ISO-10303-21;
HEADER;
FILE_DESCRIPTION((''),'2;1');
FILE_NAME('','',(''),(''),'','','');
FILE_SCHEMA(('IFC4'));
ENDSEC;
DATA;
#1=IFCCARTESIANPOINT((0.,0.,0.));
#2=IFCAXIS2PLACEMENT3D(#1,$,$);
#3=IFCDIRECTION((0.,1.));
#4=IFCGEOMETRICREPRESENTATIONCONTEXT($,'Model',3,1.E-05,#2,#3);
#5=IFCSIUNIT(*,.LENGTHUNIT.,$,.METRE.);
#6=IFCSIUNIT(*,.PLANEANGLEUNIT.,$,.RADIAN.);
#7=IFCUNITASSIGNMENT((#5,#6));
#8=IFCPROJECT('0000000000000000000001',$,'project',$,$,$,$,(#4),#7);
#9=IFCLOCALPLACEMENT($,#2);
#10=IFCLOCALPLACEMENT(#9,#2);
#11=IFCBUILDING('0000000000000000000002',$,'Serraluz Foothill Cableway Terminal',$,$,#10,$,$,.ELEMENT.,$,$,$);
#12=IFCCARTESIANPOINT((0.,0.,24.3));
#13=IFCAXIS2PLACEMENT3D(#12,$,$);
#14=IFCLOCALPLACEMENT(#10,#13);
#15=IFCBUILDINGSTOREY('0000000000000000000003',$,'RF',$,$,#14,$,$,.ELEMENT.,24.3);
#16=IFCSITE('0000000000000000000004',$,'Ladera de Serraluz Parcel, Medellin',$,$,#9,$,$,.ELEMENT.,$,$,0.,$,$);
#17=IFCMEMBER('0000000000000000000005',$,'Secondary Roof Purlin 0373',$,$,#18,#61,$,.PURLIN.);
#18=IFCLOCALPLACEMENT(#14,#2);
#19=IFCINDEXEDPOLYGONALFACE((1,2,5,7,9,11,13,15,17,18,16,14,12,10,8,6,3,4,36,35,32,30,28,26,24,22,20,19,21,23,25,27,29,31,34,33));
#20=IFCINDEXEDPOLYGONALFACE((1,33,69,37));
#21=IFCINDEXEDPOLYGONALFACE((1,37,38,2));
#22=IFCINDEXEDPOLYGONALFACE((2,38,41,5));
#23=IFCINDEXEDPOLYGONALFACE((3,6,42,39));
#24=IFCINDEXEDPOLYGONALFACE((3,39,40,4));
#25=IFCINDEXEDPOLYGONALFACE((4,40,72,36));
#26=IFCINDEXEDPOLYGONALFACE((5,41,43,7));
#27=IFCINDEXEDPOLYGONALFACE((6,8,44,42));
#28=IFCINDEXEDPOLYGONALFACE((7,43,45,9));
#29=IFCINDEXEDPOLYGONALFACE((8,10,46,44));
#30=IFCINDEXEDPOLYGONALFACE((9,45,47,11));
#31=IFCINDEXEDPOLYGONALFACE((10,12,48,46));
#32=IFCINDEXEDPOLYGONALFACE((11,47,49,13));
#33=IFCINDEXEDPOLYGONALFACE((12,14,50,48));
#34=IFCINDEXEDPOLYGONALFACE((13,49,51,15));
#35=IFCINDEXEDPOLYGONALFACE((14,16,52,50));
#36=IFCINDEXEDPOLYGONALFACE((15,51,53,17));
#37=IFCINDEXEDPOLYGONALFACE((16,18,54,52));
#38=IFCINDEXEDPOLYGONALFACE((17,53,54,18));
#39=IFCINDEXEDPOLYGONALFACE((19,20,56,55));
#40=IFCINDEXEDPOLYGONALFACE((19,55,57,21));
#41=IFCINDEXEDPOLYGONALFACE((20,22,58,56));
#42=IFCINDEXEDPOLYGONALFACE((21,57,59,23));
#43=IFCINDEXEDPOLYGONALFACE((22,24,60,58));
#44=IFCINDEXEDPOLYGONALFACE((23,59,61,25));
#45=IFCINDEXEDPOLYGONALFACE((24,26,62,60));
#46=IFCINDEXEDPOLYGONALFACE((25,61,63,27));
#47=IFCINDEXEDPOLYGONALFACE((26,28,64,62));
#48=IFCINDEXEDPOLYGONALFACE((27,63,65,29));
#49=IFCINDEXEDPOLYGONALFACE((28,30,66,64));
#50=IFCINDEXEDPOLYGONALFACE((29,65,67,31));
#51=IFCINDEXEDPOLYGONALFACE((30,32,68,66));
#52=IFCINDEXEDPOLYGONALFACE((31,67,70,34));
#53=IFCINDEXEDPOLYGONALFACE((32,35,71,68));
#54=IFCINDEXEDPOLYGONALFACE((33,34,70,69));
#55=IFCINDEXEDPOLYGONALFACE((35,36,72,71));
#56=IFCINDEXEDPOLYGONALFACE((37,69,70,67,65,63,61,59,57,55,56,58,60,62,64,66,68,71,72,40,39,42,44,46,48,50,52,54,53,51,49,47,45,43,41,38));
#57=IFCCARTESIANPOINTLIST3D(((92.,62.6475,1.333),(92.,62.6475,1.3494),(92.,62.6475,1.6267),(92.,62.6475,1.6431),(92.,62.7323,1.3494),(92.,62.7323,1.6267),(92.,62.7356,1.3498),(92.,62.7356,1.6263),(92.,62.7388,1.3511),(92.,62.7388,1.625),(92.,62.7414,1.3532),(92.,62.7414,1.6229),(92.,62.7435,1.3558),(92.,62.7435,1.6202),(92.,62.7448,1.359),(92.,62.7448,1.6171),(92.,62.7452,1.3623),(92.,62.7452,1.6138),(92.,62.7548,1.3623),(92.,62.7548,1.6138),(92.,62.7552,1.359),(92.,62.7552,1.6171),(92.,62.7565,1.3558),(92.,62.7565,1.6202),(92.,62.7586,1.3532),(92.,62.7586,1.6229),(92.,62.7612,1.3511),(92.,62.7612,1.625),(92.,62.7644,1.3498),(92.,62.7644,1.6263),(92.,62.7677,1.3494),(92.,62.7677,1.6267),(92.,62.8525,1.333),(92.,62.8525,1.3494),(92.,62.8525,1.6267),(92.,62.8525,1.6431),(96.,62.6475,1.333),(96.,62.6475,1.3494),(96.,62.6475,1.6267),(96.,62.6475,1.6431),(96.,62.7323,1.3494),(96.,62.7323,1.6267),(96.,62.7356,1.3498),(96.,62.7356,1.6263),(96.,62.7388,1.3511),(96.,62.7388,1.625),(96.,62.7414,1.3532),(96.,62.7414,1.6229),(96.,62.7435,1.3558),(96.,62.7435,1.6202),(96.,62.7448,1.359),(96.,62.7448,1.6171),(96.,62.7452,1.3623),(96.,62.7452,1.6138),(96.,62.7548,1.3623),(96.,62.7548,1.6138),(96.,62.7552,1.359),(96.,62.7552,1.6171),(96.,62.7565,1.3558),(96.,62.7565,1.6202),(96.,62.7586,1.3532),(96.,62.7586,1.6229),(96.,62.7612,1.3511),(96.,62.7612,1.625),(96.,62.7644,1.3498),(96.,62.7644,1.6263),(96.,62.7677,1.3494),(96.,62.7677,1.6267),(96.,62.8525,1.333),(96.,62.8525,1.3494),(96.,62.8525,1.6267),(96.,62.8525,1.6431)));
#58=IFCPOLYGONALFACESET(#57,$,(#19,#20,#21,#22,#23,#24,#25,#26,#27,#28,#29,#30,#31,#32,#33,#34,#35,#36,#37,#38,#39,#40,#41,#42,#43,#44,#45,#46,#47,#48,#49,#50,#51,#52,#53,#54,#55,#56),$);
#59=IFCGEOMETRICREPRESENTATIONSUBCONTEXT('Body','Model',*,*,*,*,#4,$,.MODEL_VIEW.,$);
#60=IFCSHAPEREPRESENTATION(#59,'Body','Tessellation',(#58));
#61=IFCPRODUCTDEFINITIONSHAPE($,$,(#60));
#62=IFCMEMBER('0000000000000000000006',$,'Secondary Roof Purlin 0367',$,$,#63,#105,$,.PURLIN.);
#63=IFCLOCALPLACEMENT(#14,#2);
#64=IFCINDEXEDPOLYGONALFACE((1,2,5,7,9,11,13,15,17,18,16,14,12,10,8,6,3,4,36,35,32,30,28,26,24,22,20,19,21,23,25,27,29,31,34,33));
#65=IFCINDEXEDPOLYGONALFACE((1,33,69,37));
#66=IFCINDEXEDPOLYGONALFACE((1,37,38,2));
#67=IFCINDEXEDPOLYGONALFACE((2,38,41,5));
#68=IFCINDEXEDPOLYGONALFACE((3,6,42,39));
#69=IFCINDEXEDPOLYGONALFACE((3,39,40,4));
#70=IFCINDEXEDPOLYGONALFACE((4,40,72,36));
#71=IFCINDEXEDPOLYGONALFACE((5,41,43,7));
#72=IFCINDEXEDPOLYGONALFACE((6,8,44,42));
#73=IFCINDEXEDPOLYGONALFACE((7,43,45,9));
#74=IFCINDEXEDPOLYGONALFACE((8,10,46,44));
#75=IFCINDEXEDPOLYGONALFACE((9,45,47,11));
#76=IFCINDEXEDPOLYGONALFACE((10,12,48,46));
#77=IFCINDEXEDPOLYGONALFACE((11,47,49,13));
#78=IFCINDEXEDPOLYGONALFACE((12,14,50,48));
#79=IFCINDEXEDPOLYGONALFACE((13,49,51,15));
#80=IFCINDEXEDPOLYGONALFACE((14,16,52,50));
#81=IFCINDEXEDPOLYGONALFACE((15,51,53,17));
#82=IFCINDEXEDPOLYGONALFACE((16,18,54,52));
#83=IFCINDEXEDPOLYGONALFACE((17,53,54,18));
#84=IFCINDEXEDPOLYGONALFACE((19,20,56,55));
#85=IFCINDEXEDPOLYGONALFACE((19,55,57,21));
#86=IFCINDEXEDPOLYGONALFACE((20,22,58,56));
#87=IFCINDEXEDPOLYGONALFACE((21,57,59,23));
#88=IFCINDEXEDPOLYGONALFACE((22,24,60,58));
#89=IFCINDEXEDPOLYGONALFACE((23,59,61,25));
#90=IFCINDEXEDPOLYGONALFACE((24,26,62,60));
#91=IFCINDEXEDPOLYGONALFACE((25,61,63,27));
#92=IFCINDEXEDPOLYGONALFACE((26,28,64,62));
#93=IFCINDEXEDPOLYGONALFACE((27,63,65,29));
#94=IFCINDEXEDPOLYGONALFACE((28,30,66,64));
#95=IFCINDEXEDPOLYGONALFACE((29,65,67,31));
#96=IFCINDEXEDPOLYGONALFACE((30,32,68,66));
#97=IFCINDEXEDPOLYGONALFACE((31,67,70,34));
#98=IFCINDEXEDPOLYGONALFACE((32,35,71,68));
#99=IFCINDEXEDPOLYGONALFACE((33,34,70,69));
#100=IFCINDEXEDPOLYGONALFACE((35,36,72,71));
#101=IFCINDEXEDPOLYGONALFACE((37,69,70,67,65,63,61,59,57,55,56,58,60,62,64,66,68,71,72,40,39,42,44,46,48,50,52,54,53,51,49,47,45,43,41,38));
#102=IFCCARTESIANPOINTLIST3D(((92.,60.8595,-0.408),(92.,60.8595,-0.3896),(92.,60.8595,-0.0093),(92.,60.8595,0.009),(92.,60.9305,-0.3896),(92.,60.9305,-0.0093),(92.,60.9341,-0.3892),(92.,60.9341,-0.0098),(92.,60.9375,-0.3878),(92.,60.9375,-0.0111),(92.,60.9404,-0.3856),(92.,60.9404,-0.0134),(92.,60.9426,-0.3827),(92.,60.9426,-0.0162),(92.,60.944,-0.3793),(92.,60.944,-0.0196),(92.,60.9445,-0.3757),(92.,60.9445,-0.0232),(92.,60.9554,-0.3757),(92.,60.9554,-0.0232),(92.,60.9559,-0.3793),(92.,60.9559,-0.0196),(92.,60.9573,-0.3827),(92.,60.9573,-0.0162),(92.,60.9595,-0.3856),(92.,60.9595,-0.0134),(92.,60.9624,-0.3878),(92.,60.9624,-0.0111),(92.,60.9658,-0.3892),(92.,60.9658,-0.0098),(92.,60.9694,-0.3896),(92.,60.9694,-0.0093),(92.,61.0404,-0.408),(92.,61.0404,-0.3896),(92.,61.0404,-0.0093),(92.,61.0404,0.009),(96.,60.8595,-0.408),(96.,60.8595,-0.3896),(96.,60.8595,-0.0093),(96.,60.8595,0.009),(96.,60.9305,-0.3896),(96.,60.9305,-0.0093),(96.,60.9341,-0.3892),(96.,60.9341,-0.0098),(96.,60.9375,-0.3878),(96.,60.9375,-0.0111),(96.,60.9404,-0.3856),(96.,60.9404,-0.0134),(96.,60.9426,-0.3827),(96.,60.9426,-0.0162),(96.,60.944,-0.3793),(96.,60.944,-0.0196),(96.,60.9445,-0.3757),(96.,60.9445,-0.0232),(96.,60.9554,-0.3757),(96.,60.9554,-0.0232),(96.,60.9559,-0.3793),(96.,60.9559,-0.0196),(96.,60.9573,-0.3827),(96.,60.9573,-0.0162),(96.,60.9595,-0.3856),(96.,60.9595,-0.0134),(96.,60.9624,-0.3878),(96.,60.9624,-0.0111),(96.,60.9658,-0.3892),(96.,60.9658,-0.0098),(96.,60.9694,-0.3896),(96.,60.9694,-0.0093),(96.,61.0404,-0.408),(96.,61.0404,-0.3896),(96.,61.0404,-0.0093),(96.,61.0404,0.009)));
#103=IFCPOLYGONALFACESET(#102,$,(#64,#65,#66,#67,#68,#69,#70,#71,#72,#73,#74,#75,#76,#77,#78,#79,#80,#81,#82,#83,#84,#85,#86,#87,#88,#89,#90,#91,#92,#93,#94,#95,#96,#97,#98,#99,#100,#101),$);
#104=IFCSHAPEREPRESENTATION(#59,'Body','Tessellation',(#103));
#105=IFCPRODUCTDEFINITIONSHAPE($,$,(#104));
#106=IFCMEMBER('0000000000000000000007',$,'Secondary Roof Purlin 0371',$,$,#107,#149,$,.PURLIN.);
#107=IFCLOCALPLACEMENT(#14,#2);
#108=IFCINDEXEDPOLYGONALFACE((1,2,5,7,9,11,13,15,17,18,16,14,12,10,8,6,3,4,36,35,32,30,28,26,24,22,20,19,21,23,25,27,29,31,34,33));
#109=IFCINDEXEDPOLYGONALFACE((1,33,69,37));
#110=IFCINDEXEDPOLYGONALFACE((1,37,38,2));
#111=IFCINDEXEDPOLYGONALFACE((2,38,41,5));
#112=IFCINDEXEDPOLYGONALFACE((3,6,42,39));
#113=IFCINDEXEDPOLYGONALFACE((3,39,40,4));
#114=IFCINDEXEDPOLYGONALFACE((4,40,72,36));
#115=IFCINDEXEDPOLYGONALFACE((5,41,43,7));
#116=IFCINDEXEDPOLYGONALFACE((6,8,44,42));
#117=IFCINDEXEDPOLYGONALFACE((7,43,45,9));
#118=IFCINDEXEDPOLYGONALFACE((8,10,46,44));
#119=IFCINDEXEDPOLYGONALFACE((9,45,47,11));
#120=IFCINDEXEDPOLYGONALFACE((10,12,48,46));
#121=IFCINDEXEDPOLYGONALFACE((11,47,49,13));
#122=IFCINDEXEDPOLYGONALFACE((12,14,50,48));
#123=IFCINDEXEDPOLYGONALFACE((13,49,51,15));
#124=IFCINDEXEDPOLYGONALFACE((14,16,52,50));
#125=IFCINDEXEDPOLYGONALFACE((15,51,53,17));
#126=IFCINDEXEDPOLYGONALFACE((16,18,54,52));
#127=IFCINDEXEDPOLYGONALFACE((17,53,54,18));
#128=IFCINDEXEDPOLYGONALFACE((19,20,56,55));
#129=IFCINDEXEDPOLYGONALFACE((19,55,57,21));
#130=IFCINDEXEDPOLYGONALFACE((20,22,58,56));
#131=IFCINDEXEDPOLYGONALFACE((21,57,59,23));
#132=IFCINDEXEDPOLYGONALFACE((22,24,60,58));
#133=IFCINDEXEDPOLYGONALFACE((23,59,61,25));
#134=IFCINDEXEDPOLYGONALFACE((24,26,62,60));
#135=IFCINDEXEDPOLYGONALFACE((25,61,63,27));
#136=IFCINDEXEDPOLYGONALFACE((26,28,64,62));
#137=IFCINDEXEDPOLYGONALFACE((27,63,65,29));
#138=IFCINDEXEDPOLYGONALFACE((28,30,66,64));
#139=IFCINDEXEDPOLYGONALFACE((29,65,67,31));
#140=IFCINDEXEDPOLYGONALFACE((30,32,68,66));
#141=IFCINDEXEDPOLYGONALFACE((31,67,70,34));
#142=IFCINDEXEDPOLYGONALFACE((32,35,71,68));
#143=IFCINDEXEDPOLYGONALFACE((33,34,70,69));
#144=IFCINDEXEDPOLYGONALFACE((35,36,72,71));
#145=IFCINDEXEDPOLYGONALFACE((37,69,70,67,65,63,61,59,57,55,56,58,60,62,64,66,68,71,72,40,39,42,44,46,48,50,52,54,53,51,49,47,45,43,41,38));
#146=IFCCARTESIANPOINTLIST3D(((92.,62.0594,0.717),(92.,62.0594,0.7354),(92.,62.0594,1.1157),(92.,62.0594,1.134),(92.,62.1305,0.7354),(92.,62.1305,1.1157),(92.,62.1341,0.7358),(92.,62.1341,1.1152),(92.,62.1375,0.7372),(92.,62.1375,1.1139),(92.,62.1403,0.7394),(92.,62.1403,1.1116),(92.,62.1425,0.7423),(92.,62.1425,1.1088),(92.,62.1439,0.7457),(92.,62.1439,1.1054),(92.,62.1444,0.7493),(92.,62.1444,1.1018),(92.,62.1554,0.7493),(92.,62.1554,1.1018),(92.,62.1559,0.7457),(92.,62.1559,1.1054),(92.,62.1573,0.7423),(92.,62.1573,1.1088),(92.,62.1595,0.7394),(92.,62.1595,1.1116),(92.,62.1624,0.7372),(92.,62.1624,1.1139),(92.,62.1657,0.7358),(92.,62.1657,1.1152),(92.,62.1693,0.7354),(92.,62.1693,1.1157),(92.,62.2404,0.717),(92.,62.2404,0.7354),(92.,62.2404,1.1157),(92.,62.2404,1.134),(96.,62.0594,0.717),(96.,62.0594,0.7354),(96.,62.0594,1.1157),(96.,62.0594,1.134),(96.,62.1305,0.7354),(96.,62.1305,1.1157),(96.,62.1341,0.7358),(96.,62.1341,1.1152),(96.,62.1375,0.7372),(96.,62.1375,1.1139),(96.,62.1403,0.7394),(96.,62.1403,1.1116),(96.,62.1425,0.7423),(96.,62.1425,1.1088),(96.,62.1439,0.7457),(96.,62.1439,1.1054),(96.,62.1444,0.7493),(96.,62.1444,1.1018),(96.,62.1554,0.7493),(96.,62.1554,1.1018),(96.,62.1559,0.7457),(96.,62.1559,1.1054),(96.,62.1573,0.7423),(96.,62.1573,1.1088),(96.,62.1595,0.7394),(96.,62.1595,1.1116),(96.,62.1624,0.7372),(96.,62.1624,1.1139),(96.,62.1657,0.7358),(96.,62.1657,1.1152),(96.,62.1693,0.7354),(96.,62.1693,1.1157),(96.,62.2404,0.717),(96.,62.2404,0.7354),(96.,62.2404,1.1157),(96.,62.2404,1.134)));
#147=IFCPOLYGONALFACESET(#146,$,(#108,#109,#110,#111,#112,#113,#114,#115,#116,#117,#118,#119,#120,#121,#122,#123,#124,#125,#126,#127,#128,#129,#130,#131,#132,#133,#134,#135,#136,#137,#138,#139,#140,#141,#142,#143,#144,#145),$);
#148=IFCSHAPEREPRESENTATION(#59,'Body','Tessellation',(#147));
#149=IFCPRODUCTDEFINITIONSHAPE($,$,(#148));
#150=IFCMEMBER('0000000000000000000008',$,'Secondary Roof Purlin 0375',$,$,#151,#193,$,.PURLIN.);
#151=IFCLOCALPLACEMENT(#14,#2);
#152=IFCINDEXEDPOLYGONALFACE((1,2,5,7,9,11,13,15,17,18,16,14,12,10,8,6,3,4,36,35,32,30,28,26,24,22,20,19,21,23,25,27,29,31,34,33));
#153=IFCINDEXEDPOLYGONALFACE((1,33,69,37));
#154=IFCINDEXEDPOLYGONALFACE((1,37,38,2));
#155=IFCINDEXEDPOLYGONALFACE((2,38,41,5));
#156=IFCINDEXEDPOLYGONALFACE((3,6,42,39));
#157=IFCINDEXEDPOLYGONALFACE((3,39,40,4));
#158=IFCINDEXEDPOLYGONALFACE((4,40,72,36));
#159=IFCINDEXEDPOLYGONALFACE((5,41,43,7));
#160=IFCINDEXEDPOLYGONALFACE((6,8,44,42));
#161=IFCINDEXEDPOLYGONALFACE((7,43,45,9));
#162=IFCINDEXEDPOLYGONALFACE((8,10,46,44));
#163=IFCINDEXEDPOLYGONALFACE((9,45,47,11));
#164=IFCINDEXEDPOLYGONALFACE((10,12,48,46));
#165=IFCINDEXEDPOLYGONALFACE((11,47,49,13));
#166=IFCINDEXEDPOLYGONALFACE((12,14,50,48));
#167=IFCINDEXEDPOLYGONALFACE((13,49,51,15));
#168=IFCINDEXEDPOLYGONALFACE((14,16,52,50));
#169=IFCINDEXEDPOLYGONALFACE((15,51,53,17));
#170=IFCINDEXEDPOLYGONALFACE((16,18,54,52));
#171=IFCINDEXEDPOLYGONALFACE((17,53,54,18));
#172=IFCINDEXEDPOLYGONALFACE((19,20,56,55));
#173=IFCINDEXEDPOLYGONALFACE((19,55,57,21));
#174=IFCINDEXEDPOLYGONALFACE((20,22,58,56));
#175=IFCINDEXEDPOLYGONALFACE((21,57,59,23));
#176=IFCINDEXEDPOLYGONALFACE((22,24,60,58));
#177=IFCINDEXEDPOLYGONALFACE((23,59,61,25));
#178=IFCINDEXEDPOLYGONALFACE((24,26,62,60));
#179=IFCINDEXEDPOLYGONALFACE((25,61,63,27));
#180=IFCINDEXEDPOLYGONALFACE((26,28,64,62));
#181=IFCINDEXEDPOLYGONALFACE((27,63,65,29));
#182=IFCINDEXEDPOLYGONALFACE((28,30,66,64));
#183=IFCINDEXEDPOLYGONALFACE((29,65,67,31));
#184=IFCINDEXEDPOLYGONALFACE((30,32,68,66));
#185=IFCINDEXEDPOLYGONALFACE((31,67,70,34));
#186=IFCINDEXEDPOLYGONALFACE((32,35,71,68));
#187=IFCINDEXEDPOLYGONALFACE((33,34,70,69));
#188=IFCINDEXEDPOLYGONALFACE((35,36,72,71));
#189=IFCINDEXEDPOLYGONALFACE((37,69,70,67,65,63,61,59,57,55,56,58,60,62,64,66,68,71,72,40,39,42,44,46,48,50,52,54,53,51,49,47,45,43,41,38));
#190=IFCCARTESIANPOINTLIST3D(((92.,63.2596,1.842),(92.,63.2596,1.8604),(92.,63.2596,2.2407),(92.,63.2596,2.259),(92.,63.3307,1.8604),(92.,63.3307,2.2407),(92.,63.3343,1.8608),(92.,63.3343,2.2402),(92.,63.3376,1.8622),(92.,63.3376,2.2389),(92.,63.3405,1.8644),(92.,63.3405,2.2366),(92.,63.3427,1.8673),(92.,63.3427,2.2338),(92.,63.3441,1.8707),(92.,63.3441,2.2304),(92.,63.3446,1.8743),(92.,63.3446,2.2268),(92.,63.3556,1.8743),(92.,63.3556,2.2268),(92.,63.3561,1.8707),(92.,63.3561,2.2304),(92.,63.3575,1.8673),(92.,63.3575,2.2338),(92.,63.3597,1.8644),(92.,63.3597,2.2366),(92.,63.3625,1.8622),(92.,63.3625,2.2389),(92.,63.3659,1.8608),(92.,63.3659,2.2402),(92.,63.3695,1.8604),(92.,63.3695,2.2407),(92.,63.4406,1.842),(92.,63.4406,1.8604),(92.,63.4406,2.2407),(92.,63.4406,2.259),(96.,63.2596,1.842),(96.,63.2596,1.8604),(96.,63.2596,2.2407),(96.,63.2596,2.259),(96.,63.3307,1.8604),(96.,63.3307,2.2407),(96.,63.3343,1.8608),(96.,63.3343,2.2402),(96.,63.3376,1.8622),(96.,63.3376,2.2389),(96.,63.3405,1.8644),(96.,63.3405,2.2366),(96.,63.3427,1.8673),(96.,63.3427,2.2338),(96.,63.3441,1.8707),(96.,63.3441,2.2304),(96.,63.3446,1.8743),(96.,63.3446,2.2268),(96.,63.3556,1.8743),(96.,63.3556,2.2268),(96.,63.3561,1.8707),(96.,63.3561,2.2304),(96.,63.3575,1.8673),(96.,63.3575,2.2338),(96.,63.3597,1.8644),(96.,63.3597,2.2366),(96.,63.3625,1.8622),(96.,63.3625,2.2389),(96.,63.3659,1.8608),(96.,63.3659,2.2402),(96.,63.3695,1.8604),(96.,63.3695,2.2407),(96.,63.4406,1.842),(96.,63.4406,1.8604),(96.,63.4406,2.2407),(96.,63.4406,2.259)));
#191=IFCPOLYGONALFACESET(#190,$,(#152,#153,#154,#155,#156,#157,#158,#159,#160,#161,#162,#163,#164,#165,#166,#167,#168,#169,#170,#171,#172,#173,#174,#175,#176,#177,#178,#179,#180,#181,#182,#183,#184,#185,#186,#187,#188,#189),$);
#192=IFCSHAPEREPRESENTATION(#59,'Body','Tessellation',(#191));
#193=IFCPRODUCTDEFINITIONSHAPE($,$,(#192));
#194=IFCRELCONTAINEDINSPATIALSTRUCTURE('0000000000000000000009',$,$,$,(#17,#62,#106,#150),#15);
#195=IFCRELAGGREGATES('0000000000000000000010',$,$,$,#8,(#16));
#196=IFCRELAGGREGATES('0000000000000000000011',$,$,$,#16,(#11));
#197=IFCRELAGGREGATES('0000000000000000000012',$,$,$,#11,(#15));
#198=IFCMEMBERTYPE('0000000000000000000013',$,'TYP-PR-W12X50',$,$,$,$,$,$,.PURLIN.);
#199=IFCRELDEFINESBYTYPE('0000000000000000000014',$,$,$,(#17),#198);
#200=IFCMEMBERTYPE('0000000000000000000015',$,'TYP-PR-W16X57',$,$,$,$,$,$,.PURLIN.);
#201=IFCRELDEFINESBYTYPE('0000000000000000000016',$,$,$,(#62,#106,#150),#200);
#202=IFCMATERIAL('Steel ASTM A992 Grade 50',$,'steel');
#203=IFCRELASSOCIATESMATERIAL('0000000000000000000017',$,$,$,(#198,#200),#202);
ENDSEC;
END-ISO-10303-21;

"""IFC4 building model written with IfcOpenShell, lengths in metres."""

from ifc_helpers import new_model, si_unit, direction, frame, origin, origin_2d, place, context, subcontext, project, spatial, i_section, extrude, material, material_profile, profile_set, type_object, element, save


model = new_model("IFC4")

# Units and contexts
model_context = context("Model", 3, precision=1e-05, world=origin(), true_north=direction((0.0, 1.0)))
body_context = subcontext(model_context, "Body", "Model", "MODEL_VIEW")
ifc_project = project(units=[si_unit("LENGTHUNIT", "METRE"), si_unit("PLANEANGLEUNIT", "RADIAN")], contexts=[model_context])

# Site, building, storey
site_placement = place(None, origin())
site = spatial("IfcSite", under=ifc_project, at=site_placement, Name="Ladera de Serraluz Parcel, Medellin", CompositionType="ELEMENT", RefElevation=0.0)
building_placement = place(site_placement, origin())
building = spatial("IfcBuilding", under=site, at=building_placement, Name="Serraluz Foothill Cableway Terminal", CompositionType="ELEMENT")
storey_placement = place(building_placement, frame((0.0, 0.0, 24.3)))
storey = spatial("IfcBuildingStorey", under=building, at=storey_placement, Name="RF", CompositionType="ELEMENT", Elevation=24.3)

# Members
ifc_material_1 = material(Name="Steel ASTM A992 Grade 50", Category="steel")
ifc_material_profile_1 = material_profile(ifc_material_1, i_section(OverallWidth=0.2051, OverallDepth=0.3101, WebThickness=0.0095, FlangeThickness=0.0164, FilletRadius=0.0129, at=origin_2d()), Name="W12X50")
ifc_profile_set_1 = profile_set([ifc_material_profile_1], Name="Steel ASTM A992 Grade 50")
member_type_1 = type_object("IfcMemberType", Name="TYP-PR-W12X50", PredefinedType="PURLIN", material=ifc_profile_set_1)
for number, where, z_axis, x_axis, name in (
    (1, (92.0, 62.75, 1.488), (1.0, 0.0, 0.0), (0.0, 1.0, 0.0), "Secondary Roof Purlin 0373"),
):
    element("IfcMember", number, at=place(storey_placement, frame(where, z_axis=z_axis, x_axis=x_axis)), inside=storey, type_object=member_type_1, Name=name, PredefinedType="PURLIN", context=body_context, shape_type="SweptSolid", body=[
        extrude(i_section(OverallWidth=0.2051, OverallDepth=0.3101, WebThickness=0.0095, FlangeThickness=0.0164, FilletRadius=0.0129, at=origin_2d()), origin(), (0.0, 0.0, 1.0), 4.0),
    ])
ifc_material_profile_2 = material_profile(ifc_material_1, i_section(OverallWidth=0.1809, OverallDepth=0.417, WebThickness=0.011, FlangeThickness=0.0183, FilletRadius=0.0139, at=origin_2d()), Name="W16X57")
ifc_profile_set_2 = profile_set([ifc_material_profile_2], Name="Steel ASTM A992 Grade 50")
member_type_2 = type_object("IfcMemberType", Name="TYP-PR-W16X57", PredefinedType="PURLIN", material=ifc_profile_set_2)
for number, where, z_axis, x_axis, name in (
    (2, (92.0, 60.95, -0.1995), (1.0, 0.0, 0.0), (0.0, 1.0, 0.0), "Secondary Roof Purlin 0367"),
    (3, (92.0, 62.1499, 0.9255), (1.0, 0.0, 0.0), (0.0, 1.0, 0.0), "Secondary Roof Purlin 0371"),
    (4, (92.0, 63.3501, 2.0505), (1.0, 0.0, 0.0), (0.0, 1.0, 0.0), "Secondary Roof Purlin 0375"),
):
    element("IfcMember", number, at=place(storey_placement, frame(where, z_axis=z_axis, x_axis=x_axis)), inside=storey, type_object=member_type_2, Name=name, PredefinedType="PURLIN", context=body_context, shape_type="SweptSolid", body=[
        extrude(i_section(OverallWidth=0.1809, OverallDepth=0.417, WebThickness=0.011, FlangeThickness=0.0183, FilletRadius=0.0139, at=origin_2d()), origin(), (0.0, 0.0, 1.0), 4.0),
    ])

save(model, "model.ifc")
